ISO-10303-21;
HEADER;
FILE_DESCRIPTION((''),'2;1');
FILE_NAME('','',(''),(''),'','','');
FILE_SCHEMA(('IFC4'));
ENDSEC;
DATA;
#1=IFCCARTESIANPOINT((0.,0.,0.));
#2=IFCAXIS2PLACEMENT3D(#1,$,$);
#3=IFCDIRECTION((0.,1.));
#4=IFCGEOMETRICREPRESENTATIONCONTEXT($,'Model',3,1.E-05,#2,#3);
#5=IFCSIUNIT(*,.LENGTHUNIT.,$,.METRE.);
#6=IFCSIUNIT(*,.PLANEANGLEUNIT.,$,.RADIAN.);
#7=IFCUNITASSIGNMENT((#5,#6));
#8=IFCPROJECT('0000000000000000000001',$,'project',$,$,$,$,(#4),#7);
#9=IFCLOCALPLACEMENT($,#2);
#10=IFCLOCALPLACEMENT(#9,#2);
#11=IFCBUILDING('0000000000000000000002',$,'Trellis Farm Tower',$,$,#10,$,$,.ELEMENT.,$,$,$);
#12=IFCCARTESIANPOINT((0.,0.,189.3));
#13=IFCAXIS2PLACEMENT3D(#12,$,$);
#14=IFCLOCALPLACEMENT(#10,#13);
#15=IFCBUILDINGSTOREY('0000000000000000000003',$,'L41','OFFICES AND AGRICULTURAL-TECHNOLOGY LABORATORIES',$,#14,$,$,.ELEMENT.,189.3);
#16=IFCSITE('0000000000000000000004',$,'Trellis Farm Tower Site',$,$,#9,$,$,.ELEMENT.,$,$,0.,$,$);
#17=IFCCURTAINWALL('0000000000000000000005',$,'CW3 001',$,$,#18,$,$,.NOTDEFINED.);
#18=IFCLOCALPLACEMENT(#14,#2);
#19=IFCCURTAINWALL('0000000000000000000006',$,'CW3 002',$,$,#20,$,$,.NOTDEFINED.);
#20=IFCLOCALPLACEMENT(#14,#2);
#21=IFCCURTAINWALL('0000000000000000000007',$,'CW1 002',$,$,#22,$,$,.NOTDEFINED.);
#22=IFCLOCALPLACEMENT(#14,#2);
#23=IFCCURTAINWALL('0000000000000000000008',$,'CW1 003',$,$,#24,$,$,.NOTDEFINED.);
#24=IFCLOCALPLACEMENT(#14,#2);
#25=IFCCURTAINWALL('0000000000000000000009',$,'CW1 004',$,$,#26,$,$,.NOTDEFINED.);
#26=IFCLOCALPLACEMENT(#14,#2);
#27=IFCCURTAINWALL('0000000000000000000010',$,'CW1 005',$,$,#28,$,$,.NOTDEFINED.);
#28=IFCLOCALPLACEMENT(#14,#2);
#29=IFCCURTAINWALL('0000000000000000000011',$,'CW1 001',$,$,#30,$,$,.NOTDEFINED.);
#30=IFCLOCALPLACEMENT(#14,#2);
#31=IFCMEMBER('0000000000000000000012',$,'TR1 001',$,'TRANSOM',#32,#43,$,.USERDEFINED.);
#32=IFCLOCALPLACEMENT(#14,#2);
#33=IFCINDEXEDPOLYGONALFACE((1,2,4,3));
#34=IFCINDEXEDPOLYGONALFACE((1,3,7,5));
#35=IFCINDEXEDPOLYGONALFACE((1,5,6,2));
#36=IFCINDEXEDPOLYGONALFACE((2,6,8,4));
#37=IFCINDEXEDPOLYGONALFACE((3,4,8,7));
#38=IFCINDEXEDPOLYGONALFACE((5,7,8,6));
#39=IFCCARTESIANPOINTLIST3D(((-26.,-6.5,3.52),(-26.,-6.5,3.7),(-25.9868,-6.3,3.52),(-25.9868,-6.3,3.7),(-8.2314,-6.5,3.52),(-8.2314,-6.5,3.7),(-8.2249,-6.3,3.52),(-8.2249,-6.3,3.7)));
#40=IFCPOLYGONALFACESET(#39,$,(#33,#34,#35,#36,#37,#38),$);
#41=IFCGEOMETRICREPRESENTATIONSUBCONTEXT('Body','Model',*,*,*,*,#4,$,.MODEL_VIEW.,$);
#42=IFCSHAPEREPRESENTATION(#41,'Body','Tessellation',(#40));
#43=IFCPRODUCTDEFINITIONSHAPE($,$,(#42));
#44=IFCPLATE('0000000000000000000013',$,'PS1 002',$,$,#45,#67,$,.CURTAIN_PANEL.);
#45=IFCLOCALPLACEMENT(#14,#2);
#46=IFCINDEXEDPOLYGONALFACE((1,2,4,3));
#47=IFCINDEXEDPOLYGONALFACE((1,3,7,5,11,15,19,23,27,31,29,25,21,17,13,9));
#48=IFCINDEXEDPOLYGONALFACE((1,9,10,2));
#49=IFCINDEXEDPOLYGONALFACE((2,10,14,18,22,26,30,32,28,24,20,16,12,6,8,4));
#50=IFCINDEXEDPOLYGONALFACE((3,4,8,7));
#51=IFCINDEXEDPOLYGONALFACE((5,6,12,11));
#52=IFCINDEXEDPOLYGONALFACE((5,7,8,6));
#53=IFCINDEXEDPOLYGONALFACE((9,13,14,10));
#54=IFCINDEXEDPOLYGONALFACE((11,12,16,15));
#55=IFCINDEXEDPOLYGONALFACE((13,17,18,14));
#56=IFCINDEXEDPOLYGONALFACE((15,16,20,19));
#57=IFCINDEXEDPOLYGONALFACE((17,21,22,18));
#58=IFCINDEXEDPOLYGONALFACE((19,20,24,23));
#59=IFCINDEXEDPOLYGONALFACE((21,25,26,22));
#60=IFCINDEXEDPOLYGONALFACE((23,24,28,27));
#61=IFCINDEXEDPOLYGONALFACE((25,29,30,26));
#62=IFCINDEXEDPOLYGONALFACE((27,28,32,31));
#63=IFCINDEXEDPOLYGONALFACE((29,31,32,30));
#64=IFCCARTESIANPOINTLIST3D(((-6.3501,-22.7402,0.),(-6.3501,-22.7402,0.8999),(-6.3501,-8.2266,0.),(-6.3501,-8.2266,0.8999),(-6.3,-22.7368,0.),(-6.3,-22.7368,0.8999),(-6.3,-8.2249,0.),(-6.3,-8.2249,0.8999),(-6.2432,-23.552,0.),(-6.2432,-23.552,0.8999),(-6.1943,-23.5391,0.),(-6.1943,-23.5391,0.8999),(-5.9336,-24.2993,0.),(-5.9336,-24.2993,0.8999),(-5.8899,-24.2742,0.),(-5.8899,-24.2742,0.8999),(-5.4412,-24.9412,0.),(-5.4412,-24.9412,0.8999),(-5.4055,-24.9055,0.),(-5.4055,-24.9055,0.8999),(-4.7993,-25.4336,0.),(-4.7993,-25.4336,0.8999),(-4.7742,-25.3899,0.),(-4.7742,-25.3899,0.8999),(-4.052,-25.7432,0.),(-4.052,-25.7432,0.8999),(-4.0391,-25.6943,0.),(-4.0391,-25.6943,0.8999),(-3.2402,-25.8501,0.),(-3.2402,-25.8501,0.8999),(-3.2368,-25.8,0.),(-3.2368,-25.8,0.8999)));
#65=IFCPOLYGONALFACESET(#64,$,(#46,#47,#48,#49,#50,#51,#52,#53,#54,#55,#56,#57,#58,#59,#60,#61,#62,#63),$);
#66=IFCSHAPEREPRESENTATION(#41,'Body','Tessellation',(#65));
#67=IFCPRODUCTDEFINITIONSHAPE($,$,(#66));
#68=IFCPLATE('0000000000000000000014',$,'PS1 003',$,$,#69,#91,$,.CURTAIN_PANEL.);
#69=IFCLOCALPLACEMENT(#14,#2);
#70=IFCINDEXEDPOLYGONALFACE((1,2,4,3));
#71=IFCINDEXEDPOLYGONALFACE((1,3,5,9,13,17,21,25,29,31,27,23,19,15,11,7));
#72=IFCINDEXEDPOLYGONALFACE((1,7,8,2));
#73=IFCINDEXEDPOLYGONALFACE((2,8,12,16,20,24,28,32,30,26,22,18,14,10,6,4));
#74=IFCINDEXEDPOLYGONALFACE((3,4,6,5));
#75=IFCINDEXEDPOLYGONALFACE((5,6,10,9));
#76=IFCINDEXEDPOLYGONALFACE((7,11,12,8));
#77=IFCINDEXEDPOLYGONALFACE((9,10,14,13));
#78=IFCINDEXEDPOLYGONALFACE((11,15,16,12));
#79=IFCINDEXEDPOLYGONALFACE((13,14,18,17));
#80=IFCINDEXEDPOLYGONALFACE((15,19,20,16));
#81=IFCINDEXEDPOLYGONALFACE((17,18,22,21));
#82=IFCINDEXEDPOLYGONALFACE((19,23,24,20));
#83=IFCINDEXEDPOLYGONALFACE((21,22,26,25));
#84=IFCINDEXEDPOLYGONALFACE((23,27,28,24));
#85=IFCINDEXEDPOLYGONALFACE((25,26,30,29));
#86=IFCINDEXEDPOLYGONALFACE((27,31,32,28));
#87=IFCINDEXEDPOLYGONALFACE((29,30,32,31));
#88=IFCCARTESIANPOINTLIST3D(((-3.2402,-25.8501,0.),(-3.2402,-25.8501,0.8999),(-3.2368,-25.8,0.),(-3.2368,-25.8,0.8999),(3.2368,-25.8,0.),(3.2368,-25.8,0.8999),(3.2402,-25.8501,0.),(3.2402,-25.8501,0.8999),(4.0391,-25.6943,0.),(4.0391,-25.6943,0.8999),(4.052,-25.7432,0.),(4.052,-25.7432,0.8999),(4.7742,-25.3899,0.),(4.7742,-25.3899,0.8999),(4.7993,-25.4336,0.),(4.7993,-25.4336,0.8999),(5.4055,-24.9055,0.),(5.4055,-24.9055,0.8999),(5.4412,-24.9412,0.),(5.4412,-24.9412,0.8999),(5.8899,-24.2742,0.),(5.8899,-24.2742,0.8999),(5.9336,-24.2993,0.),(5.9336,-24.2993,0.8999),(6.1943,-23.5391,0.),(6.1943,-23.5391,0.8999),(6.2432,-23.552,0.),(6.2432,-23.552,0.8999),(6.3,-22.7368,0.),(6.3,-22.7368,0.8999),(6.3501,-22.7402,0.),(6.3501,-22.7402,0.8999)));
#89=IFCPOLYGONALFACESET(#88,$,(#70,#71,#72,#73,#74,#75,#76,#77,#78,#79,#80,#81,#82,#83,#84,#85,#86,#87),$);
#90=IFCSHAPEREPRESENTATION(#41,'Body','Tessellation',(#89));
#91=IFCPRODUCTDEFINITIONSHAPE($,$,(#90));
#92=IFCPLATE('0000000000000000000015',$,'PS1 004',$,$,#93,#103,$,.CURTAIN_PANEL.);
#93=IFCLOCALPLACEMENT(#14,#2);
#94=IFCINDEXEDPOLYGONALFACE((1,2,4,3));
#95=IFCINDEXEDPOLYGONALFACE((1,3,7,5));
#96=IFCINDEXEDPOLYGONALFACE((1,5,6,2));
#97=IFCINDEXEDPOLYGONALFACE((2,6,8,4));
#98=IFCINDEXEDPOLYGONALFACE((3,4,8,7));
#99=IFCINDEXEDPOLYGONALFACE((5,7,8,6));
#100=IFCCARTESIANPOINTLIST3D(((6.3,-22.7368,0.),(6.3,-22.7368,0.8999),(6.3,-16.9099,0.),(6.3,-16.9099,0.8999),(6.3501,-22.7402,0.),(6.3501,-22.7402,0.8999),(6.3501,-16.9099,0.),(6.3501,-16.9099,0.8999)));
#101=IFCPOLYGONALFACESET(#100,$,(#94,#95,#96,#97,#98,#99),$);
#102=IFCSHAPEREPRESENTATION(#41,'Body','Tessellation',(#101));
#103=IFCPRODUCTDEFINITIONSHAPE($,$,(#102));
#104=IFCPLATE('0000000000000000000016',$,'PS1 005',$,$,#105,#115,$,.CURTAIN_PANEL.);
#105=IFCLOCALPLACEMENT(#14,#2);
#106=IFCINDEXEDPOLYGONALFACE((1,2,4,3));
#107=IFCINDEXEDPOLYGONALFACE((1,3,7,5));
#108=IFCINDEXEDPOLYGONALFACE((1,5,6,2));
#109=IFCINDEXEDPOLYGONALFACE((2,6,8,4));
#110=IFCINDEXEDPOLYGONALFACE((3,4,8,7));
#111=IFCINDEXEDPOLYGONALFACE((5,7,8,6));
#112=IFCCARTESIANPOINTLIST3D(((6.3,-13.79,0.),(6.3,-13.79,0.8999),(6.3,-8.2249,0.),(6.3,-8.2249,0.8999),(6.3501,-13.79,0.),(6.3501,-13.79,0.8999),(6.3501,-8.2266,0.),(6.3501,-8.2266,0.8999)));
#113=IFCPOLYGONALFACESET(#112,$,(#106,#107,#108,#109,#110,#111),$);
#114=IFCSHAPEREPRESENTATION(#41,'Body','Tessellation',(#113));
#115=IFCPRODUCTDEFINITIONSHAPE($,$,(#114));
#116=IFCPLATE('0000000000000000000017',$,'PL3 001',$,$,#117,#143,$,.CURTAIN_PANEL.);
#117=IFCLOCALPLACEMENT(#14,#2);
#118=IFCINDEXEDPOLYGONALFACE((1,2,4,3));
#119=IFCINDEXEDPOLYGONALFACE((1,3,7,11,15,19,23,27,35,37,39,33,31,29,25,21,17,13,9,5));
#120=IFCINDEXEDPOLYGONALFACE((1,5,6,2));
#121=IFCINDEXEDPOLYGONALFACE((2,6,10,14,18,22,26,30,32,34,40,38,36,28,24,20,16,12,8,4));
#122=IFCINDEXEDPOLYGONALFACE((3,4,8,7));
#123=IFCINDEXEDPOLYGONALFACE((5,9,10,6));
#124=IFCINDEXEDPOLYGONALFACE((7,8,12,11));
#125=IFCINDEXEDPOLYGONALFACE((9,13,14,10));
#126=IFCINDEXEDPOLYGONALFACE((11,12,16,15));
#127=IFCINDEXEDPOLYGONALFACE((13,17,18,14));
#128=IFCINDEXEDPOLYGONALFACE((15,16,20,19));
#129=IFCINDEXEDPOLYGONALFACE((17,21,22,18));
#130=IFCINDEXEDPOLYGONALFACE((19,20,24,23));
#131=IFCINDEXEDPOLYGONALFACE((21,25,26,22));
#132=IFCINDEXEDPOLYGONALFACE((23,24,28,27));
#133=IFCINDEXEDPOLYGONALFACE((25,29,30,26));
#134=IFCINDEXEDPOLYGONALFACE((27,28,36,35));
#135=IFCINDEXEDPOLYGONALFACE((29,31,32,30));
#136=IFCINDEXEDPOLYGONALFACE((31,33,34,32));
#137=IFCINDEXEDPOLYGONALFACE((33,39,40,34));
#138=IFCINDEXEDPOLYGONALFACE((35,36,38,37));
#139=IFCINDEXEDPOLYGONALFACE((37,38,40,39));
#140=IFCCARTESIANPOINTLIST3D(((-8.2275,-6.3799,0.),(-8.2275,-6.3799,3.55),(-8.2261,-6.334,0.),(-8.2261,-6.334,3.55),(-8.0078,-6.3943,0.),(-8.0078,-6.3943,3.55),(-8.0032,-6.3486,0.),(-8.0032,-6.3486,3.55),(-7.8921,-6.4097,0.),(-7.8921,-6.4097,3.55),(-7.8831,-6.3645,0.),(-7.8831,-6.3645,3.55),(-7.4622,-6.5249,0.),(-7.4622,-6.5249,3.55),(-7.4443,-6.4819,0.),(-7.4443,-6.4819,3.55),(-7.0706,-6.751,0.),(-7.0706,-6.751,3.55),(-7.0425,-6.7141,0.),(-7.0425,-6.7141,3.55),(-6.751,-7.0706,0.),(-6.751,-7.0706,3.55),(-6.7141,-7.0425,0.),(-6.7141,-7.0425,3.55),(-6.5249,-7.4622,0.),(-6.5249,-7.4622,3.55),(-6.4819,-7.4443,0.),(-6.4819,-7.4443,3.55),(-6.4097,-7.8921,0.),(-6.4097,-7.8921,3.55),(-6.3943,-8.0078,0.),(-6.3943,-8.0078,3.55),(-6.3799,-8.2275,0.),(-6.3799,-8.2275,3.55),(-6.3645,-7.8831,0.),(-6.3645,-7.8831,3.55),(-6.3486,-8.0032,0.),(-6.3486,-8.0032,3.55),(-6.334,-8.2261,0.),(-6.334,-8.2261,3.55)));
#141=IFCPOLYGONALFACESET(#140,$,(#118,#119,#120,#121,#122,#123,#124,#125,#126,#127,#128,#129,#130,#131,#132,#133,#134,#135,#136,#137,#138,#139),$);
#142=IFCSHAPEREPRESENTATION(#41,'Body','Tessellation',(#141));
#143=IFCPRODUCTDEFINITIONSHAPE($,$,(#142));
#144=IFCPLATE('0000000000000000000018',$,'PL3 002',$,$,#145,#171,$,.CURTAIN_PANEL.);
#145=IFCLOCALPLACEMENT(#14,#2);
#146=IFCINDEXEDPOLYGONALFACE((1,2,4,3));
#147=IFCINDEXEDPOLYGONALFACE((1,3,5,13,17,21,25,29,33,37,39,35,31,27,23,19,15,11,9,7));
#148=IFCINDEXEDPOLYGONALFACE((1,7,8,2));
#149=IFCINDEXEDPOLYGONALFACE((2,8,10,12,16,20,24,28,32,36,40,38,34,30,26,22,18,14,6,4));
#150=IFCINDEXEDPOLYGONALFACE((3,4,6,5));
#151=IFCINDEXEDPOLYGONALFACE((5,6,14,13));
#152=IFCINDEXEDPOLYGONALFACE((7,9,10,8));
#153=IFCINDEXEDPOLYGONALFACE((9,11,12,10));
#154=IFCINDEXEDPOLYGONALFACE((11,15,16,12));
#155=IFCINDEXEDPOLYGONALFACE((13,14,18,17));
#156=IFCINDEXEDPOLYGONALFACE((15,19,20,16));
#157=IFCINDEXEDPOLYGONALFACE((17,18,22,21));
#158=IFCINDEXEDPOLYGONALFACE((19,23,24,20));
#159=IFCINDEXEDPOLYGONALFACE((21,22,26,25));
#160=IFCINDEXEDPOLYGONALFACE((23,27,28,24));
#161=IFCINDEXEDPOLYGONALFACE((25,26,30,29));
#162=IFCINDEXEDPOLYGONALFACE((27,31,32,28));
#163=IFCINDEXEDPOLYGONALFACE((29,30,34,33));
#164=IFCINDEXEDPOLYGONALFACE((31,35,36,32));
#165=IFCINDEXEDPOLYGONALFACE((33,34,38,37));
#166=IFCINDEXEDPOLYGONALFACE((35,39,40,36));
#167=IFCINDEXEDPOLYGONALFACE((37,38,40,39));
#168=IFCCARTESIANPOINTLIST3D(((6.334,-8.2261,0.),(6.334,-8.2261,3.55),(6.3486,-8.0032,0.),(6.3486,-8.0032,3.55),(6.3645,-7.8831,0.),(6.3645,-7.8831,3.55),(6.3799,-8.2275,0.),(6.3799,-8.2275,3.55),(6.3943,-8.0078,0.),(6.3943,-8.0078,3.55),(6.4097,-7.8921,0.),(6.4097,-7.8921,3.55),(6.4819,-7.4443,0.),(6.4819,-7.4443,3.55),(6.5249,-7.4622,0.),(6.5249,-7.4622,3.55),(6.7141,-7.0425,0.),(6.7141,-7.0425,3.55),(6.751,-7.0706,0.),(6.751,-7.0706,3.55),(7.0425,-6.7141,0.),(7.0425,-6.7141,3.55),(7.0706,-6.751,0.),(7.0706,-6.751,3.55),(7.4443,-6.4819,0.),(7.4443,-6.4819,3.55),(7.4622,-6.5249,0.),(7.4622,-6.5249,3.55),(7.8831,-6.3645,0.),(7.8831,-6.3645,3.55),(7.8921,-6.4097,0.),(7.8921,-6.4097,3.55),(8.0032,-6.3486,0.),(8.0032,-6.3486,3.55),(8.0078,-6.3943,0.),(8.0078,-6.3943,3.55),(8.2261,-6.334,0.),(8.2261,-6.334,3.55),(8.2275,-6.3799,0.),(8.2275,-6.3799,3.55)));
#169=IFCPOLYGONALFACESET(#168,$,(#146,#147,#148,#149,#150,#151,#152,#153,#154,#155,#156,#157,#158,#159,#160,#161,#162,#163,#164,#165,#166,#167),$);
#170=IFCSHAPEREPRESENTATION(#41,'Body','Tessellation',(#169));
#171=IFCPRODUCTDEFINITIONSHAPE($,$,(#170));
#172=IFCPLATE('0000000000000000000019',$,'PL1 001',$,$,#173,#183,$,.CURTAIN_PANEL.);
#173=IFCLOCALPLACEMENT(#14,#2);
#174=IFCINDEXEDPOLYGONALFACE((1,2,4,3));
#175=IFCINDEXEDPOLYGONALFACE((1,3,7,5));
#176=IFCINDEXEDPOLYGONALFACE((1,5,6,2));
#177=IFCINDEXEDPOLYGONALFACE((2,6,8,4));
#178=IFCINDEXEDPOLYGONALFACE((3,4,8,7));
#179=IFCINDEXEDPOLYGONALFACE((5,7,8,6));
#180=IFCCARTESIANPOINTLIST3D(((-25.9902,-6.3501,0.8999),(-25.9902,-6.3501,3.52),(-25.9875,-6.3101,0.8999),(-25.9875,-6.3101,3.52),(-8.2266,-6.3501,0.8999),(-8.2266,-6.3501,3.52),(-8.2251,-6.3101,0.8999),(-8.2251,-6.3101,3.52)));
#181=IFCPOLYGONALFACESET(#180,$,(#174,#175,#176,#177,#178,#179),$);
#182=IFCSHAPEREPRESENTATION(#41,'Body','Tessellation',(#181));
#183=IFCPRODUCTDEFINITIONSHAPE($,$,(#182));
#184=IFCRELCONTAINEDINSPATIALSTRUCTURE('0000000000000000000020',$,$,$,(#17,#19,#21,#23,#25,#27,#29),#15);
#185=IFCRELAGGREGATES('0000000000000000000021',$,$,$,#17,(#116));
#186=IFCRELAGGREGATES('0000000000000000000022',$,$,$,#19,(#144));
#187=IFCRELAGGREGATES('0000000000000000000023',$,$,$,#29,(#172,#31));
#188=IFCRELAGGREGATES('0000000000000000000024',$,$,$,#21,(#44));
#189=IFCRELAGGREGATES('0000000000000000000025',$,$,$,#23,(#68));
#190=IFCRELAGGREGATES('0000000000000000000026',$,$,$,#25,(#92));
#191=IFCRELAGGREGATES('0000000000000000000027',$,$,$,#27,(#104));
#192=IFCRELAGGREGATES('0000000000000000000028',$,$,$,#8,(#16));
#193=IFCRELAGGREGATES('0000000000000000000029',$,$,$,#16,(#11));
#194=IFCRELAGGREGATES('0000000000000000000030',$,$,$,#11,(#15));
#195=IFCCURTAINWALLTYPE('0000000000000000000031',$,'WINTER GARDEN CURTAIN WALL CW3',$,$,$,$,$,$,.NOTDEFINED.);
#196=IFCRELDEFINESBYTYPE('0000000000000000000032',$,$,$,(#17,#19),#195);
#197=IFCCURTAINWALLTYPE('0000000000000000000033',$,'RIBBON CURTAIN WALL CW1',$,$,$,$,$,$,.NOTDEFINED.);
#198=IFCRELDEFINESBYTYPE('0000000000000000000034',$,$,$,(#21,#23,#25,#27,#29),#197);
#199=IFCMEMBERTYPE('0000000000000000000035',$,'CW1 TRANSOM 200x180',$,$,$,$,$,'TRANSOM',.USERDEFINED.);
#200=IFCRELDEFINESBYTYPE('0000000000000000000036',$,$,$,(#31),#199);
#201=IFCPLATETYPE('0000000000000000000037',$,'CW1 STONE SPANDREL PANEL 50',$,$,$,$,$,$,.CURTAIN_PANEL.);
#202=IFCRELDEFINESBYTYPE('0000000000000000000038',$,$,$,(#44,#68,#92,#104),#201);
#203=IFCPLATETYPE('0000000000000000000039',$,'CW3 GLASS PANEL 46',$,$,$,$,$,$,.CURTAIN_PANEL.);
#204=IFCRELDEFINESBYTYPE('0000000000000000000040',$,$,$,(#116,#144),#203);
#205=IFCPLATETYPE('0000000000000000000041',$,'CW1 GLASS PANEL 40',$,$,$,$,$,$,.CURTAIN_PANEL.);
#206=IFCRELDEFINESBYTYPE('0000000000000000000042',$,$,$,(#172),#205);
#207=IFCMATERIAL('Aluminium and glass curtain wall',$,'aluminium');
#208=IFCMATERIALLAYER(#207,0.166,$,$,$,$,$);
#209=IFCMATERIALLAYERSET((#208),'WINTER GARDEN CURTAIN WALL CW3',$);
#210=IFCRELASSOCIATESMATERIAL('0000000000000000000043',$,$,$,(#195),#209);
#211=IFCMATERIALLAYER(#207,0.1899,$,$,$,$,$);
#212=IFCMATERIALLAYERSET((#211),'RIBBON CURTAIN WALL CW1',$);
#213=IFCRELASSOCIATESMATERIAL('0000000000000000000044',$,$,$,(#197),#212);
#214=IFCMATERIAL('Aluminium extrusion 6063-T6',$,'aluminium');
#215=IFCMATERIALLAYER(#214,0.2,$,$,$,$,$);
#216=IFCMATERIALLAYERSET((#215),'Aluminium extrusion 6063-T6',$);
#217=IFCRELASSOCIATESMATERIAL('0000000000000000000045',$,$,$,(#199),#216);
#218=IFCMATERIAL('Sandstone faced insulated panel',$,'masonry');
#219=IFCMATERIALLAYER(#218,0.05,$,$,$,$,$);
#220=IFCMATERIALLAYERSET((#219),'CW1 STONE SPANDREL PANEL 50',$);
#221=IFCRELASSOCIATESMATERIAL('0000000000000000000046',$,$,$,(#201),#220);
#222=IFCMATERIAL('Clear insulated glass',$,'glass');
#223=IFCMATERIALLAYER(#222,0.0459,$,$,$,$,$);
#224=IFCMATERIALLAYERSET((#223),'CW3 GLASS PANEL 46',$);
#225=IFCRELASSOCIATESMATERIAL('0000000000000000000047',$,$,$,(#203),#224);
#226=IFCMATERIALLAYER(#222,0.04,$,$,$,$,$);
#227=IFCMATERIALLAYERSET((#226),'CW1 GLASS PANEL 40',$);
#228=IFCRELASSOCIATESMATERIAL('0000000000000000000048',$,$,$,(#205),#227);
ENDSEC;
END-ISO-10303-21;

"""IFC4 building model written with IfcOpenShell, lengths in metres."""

from ifc_helpers import new_model, si_unit, direction, frame, origin, place, context, subcontext, project, spatial, polyline, outline, extrude, source, transform, mapped, material, layer, layer_set, type_object, element, aggregate, save


model = new_model("IFC4")

# Units and contexts
model_context = context("Model", 3, precision=1e-05, world=origin(), true_north=direction((0.0, 1.0)))
body_context = subcontext(model_context, "Body", "Model", "MODEL_VIEW")
ifc_project = project(units=[si_unit("LENGTHUNIT", "METRE"), si_unit("PLANEANGLEUNIT", "RADIAN")], contexts=[model_context])

# Site, building, storey
site_placement = place(None, origin())
site = spatial("IfcSite", under=ifc_project, at=site_placement, Name="Trellis Farm Tower Site", CompositionType="ELEMENT", RefElevation=0.0)
building_placement = place(site_placement, origin())
building = spatial("IfcBuilding", under=site, at=building_placement, Name="Trellis Farm Tower", CompositionType="ELEMENT")
storey_placement = place(building_placement, frame((0.0, 0.0, 189.3)))
storey = spatial("IfcBuildingStorey", under=building, at=storey_placement, Name="L41", Description="OFFICES AND AGRICULTURAL-TECHNOLOGY LABORATORIES", CompositionType="ELEMENT", Elevation=189.3)

# Curtain walls, member
ifc_material_1 = material(Name="Aluminium and glass curtain wall", Category="aluminium")
ifc_layer_1 = layer(ifc_material_1, 0.166)
ifc_layer_set_1 = layer_set([ifc_layer_1], Name="WINTER GARDEN CURTAIN WALL CW3")
curtain_wall_type_1 = type_object("IfcCurtainWallType", Name="WINTER GARDEN CURTAIN WALL CW3", PredefinedType="NOTDEFINED", material=ifc_layer_set_1)
placement_1 = place(storey_placement, origin())
curtain_wall_1 = element("IfcCurtainWall", 1, at=placement_1, inside=storey, type_object=curtain_wall_type_1, Name="CW3 001", PredefinedType="NOTDEFINED")
ifc_material_2 = material(Name="Aluminium extrusion 6063-T6", Category="aluminium")
curtain_wall_2 = element("IfcCurtainWall", 2, at=placement_1, inside=storey, type_object=curtain_wall_type_1, Name="CW3 002", PredefinedType="NOTDEFINED")
ifc_layer_2 = layer(ifc_material_1, 0.1899)
ifc_layer_set_2 = layer_set([ifc_layer_2], Name="RIBBON CURTAIN WALL CW1")
curtain_wall_type_2 = type_object("IfcCurtainWallType", Name="RIBBON CURTAIN WALL CW1", PredefinedType="NOTDEFINED", material=ifc_layer_set_2)
curtain_wall_3 = element("IfcCurtainWall", 3, at=placement_1, inside=storey, type_object=curtain_wall_type_2, Name="CW1 002", PredefinedType="NOTDEFINED")
ifc_layer_3 = layer(ifc_material_2, 0.2)
ifc_layer_set_3 = layer_set([ifc_layer_3], Name="Aluminium extrusion 6063-T6")
member_type_1 = type_object("IfcMemberType", Name="CW1 TRANSOM 200x180", ElementType="TRANSOM", PredefinedType="USERDEFINED", material=ifc_layer_set_3)
placement_2 = place(storey_placement, frame((0.0, 0.0, 3.52)))
curtain_wall_4 = element("IfcCurtainWall", 4, at=placement_1, inside=storey, type_object=curtain_wall_type_2, Name="CW1 003", PredefinedType="NOTDEFINED")
curtain_wall_5 = element("IfcCurtainWall", 5, at=placement_1, inside=storey, type_object=curtain_wall_type_2, Name="CW1 004", PredefinedType="NOTDEFINED")
curtain_wall_6 = element("IfcCurtainWall", 6, at=placement_1, inside=storey, type_object=curtain_wall_type_2, Name="CW1 005", PredefinedType="NOTDEFINED")
curtain_wall_7 = element("IfcCurtainWall", 7, at=placement_1, inside=storey, type_object=curtain_wall_type_2, Name="CW1 001", PredefinedType="NOTDEFINED")
shared_shape_1 = source(origin(), body_context, "Body", "SweptSolid", [
    extrude(outline(polyline([(-26.0, -6.5), (-8.2314, -6.5), (-8.2249, -6.3), (-25.9868, -6.3), (-26.0, -6.5)])), origin(), (0.0, 0.0, 1.0), 0.1799),
])
member_1 = element("IfcMember", 8, at=placement_2, type_object=member_type_1, Name="TR1 001", ObjectType="TRANSOM", PredefinedType="USERDEFINED", context=body_context, shape_type="MappedRepresentation", body=[
    mapped(shared_shape_1, transform((0.0, 0.0, 0.0))),
])

# Plates
ifc_material_3 = material(Name="Sandstone faced insulated panel", Category="masonry")
ifc_layer_4 = layer(ifc_material_3, 0.05)
ifc_layer_set_4 = layer_set([ifc_layer_4], Name="CW1 STONE SPANDREL PANEL 50")
plate_type_1 = type_object("IfcPlateType", Name="CW1 STONE SPANDREL PANEL 50", PredefinedType="CURTAIN_PANEL", material=ifc_layer_set_4)
shared_shape_2 = source(origin(), body_context, "Body", "SweptSolid", [
    extrude(outline(polyline([(-6.3501, -8.2266), (-6.3501, -22.7402), (-6.2432, -23.552), (-5.9336, -24.2993), (-5.4412, -24.9412), (-4.7993, -25.4336), (-4.052, -25.7432), (-3.2402, -25.8501), (-3.2368, -25.8), (-4.0391, -25.6943), (-4.7742, -25.3899), (-5.4055, -24.9055), (-5.8899, -24.2742), (-6.1943, -23.5391), (-6.3, -22.7368), (-6.3, -8.2249), (-6.3501, -8.2266)])), origin(), (0.0, 0.0, 1.0), 0.8999),
])
plate_1 = element("IfcPlate", 9, at=placement_1, type_object=plate_type_1, Name="PS1 002", PredefinedType="CURTAIN_PANEL", context=body_context, shape_type="MappedRepresentation", body=[
    mapped(shared_shape_2, transform((0.0, 0.0, 0.0))),
])
shared_shape_3 = source(origin(), body_context, "Body", "SweptSolid", [
    extrude(outline(polyline([(-3.2402, -25.8501), (3.2402, -25.8501), (4.052, -25.7432), (4.7993, -25.4336), (5.4412, -24.9412), (5.9336, -24.2993), (6.2432, -23.552), (6.3501, -22.7402), (6.3, -22.7368), (6.1943, -23.5391), (5.8899, -24.2742), (5.4055, -24.9055), (4.7742, -25.3899), (4.0391, -25.6943), (3.2368, -25.8), (-3.2368, -25.8), (-3.2402, -25.8501)])), origin(), (0.0, 0.0, 1.0), 0.8999),
])
plate_2 = element("IfcPlate", 10, at=placement_1, type_object=plate_type_1, Name="PS1 003", PredefinedType="CURTAIN_PANEL", context=body_context, shape_type="MappedRepresentation", body=[
    mapped(shared_shape_3, transform((0.0, 0.0, 0.0))),
])
shared_shape_4 = source(origin(), body_context, "Body", "SweptSolid", [
    extrude(outline(polyline([(6.3501, -22.7402), (6.3501, -16.9099), (6.3, -16.9099), (6.3, -22.7368), (6.3501, -22.7402)])), origin(), (0.0, 0.0, 1.0), 0.8999),
])
plate_3 = element("IfcPlate", 11, at=placement_1, type_object=plate_type_1, Name="PS1 004", PredefinedType="CURTAIN_PANEL", context=body_context, shape_type="MappedRepresentation", body=[
    mapped(shared_shape_4, transform((0.0, 0.0, 0.0))),
])
shared_shape_5 = source(origin(), body_context, "Body", "SweptSolid", [
    extrude(outline(polyline([(6.3501, -13.79), (6.3501, -8.2266), (6.3, -8.2249), (6.3, -13.79), (6.3501, -13.79)])), origin(), (0.0, 0.0, 1.0), 0.8999),
])
plate_4 = element("IfcPlate", 12, at=placement_1, type_object=plate_type_1, Name="PS1 005", PredefinedType="CURTAIN_PANEL", context=body_context, shape_type="MappedRepresentation", body=[
    mapped(shared_shape_5, transform((0.0, 0.0, 0.0))),
])
ifc_material_4 = material(Name="Clear insulated glass", Category="glass")
ifc_layer_5 = layer(ifc_material_4, 0.0459)
ifc_layer_set_5 = layer_set([ifc_layer_5], Name="CW3 GLASS PANEL 46")
plate_type_2 = type_object("IfcPlateType", Name="CW3 GLASS PANEL 46", PredefinedType="CURTAIN_PANEL", material=ifc_layer_set_5)
shared_shape_6 = source(origin(), body_context, "Body", "SweptSolid", [
    extrude(outline(polyline([(-8.2275, -6.3799), (-8.0078, -6.3943), (-7.8921, -6.4097), (-7.4622, -6.5249), (-7.0706, -6.751), (-6.751, -7.0706), (-6.5249, -7.4622), (-6.4097, -7.8921), (-6.3943, -8.0078), (-6.3799, -8.2275), (-6.334, -8.2261), (-6.3486, -8.0032), (-6.3645, -7.8831), (-6.4819, -7.4443), (-6.7141, -7.0425), (-7.0425, -6.7141), (-7.4443, -6.4819), (-7.8831, -6.3645), (-8.0032, -6.3486), (-8.2261, -6.334), (-8.2275, -6.3799)])), origin(), (0.0, 0.0, 1.0), 3.55),
])
plate_5 = element("IfcPlate", 13, at=placement_1, type_object=plate_type_2, Name="PL3 001", PredefinedType="CURTAIN_PANEL", context=body_context, shape_type="MappedRepresentation", body=[
    mapped(shared_shape_6, transform((0.0, 0.0, 0.0))),
])
aggregate(curtain_wall_1, [plate_5])
shared_shape_7 = source(origin(), body_context, "Body", "SweptSolid", [
    extrude(outline(polyline([(6.3799, -8.2275), (6.3943, -8.0078), (6.4097, -7.8921), (6.5249, -7.4622), (6.751, -7.0706), (7.0706, -6.751), (7.4622, -6.5249), (7.8921, -6.4097), (8.0078, -6.3943), (8.2275, -6.3799), (8.2261, -6.334), (8.0032, -6.3486), (7.8831, -6.3645), (7.4443, -6.4819), (7.0425, -6.7141), (6.7141, -7.0425), (6.4819, -7.4443), (6.3645, -7.8831), (6.3486, -8.0032), (6.334, -8.2261), (6.3799, -8.2275)])), origin(), (0.0, 0.0, 1.0), 3.55),
])
plate_6 = element("IfcPlate", 14, at=placement_1, type_object=plate_type_2, Name="PL3 002", PredefinedType="CURTAIN_PANEL", context=body_context, shape_type="MappedRepresentation", body=[
    mapped(shared_shape_7, transform((0.0, 0.0, 0.0))),
])
aggregate(curtain_wall_2, [plate_6])
ifc_layer_6 = layer(ifc_material_4, 0.04)
ifc_layer_set_6 = layer_set([ifc_layer_6], Name="CW1 GLASS PANEL 40")
plate_type_3 = type_object("IfcPlateType", Name="CW1 GLASS PANEL 40", PredefinedType="CURTAIN_PANEL", material=ifc_layer_set_6)
shared_shape_8 = source(origin(), body_context, "Body", "SweptSolid", [
    extrude(outline(polyline([(-25.9902, -6.3501), (-8.2266, -6.3501), (-8.2251, -6.3101), (-25.9875, -6.3101), (-25.9902, -6.3501)])), origin(), (0.0, 0.0, 1.0), 2.6201),
])
placement_3 = place(storey_placement, frame((0.0, 0.0, 0.8999)))
plate_7 = element("IfcPlate", 15, at=placement_3, type_object=plate_type_3, Name="PL1 001", PredefinedType="CURTAIN_PANEL", context=body_context, shape_type="MappedRepresentation", body=[
    mapped(shared_shape_8, transform((0.0, 0.0, 0.0))),
])
aggregate(curtain_wall_7, [plate_7, member_1])
aggregate(curtain_wall_3, [plate_1])
aggregate(curtain_wall_4, [plate_2])
aggregate(curtain_wall_5, [plate_3])
aggregate(curtain_wall_6, [plate_4])

save(model, "model.ifc")
